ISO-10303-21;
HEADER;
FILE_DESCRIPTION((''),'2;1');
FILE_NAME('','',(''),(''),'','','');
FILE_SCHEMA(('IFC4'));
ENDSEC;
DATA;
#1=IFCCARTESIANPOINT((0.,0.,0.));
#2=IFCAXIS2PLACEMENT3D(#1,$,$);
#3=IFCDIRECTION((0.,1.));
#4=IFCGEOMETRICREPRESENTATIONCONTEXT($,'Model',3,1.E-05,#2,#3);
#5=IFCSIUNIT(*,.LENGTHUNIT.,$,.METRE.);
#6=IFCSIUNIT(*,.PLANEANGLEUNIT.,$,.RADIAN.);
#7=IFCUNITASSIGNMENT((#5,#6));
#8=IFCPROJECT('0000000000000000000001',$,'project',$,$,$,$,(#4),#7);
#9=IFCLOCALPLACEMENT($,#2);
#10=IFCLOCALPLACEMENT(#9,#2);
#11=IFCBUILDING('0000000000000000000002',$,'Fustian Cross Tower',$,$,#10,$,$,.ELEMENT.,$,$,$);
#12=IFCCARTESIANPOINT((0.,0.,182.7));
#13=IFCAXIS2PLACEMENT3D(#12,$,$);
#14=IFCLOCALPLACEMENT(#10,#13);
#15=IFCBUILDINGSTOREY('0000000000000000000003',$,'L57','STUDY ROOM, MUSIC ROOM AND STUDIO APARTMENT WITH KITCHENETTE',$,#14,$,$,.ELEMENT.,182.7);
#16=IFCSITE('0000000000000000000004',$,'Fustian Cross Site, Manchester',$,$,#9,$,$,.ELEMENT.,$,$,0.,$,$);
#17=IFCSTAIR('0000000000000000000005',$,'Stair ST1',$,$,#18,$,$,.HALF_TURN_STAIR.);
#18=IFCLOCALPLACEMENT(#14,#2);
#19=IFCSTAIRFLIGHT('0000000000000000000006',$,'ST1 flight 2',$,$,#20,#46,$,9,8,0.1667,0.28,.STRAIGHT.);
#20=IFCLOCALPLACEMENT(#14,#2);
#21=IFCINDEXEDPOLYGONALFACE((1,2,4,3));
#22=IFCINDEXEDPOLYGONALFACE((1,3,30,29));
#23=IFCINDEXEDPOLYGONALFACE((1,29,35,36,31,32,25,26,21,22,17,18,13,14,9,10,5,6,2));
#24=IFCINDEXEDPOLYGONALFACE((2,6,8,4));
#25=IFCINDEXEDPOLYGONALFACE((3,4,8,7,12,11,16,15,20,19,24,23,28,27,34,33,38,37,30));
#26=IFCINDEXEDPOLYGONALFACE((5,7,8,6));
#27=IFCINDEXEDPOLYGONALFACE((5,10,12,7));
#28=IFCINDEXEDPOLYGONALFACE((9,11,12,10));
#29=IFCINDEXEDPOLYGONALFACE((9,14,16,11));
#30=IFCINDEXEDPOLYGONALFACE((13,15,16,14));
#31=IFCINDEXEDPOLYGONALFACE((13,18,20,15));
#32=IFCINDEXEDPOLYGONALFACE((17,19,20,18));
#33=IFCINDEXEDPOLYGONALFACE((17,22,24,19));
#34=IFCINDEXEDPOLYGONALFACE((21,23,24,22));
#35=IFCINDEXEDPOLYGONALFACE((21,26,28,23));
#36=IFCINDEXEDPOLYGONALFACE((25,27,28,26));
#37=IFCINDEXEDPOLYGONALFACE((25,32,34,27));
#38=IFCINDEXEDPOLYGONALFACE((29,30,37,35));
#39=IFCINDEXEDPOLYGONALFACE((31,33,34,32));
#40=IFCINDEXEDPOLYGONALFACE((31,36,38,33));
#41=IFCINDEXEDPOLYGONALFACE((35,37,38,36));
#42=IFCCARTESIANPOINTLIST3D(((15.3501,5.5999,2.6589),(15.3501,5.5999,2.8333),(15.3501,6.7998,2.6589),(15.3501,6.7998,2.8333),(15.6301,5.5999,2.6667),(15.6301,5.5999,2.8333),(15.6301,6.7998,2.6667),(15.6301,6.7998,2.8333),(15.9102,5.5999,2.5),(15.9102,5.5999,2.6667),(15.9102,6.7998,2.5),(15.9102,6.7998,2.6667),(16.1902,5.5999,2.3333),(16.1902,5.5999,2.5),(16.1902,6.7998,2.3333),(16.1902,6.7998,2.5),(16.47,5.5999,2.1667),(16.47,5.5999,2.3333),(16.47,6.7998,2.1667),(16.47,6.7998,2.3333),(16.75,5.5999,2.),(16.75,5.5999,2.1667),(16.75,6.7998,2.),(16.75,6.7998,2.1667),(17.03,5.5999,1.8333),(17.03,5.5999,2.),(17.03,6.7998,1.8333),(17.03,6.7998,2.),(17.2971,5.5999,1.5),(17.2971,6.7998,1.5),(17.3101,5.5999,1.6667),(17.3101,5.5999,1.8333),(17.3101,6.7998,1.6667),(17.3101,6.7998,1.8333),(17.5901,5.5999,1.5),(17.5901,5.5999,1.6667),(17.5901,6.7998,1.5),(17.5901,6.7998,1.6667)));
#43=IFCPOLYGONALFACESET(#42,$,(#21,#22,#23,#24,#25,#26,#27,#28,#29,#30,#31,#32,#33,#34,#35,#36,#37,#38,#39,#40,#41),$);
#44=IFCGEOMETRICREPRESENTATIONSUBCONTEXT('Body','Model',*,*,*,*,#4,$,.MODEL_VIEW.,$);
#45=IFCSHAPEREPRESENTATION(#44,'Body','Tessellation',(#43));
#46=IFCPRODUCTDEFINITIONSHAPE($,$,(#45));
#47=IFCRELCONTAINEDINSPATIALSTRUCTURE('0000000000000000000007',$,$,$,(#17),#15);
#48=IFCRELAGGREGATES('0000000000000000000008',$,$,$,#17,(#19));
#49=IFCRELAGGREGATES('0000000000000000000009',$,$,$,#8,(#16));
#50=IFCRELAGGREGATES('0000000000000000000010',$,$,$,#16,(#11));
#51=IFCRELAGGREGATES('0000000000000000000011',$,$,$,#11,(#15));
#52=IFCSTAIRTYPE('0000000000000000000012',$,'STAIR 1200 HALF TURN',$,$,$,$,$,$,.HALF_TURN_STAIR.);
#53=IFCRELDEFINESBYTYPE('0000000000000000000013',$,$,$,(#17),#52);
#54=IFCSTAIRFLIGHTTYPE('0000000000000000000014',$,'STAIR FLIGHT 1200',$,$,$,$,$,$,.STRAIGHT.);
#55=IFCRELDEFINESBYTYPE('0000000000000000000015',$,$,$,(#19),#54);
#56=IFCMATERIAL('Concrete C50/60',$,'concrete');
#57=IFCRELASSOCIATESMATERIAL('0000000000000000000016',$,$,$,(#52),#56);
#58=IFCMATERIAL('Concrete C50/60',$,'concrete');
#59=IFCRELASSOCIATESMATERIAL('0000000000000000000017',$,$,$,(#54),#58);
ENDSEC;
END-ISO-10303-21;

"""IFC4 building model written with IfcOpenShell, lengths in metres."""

from ifc_helpers import new_model, si_unit, direction, frame, origin, place, context, subcontext, project, spatial, polyline, outline, extrude, material, type_object, element, aggregate, save


model = new_model("IFC4")

# Units and contexts
model_context = context("Model", 3, precision=1e-05, world=origin(), true_north=direction((0.0, 1.0)))
body_context = subcontext(model_context, "Body", "Model", "MODEL_VIEW")
ifc_project = project(units=[si_unit("LENGTHUNIT", "METRE"), si_unit("PLANEANGLEUNIT", "RADIAN")], contexts=[model_context])

# Site, building, storey
site_placement = place(None, origin())
site = spatial("IfcSite", under=ifc_project, at=site_placement, Name="Fustian Cross Site, Manchester", CompositionType="ELEMENT", RefElevation=0.0)
building_placement = place(site_placement, origin())
building = spatial("IfcBuilding", under=site, at=building_placement, Name="Fustian Cross Tower", CompositionType="ELEMENT")
storey_placement = place(building_placement, frame((0.0, 0.0, 182.7)))
storey = spatial("IfcBuildingStorey", under=building, at=storey_placement, Name="L57", Description="STUDY ROOM, MUSIC ROOM AND STUDIO APARTMENT WITH KITCHENETTE", CompositionType="ELEMENT", Elevation=182.7)

# Stair, stair flight
ifc_material_1 = material(Name="Concrete C50/60", Category="concrete")
stair_type = type_object("IfcStairType", Name="STAIR 1200 HALF TURN", PredefinedType="HALF_TURN_STAIR", material=ifc_material_1)
stair_placement = place(storey_placement, origin())
stair = element("IfcStair", 1, at=stair_placement, inside=storey, type_object=stair_type, Name="Stair ST1", PredefinedType="HALF_TURN_STAIR")
ifc_material_2 = material(Name="Concrete C50/60", Category="concrete")
stair_flight_type = type_object("IfcStairFlightType", Name="STAIR FLIGHT 1200", PredefinedType="STRAIGHT", material=ifc_material_2)
stair_flight_1_placement = place(storey_placement, frame((17.5901, 6.2, 1.5), z_axis=(0.0, 0.0, 1.0), x_axis=(-1.0, 0.0, 0.0)))
stair_flight_1 = element("IfcStairFlight", 2, at=stair_flight_1_placement, type_object=stair_flight_type, Name="ST1 flight 2", NumberOfRisers=9, NumberOfTreads=8, PredefinedType="STRAIGHT", RiserHeight=0.1667, TreadLength=0.28, context=body_context, shape_type="SweptSolid", body=[
    extrude(outline(polyline([(0.0, 0.0), (0.0, 0.1667), (0.28, 0.1667), (0.28, 0.3333), (0.5601, 0.3333), (0.5601, 0.5), (0.8401, 0.5), (0.8401, 0.6667), (1.1201, 0.6667), (1.1201, 0.8333), (1.3999, 0.8333), (1.3999, 1.0), (1.6799, 1.0), (1.6799, 1.1667), (1.96, 1.1667), (1.96, 1.3333), (2.24, 1.3333), (2.24, 1.5), (2.24, 1.1589), (0.293, 0.0), (0.0, 0.0)])), frame((0.0, 0.6001, 0.0), z_axis=(0.0, -1.0, 0.0), x_axis=(1.0, 0.0, 0.0)), (0.0, 0.0, 1.0), 1.2),
])
aggregate(stair, [stair_flight_1])

save(model, "model.ifc")
